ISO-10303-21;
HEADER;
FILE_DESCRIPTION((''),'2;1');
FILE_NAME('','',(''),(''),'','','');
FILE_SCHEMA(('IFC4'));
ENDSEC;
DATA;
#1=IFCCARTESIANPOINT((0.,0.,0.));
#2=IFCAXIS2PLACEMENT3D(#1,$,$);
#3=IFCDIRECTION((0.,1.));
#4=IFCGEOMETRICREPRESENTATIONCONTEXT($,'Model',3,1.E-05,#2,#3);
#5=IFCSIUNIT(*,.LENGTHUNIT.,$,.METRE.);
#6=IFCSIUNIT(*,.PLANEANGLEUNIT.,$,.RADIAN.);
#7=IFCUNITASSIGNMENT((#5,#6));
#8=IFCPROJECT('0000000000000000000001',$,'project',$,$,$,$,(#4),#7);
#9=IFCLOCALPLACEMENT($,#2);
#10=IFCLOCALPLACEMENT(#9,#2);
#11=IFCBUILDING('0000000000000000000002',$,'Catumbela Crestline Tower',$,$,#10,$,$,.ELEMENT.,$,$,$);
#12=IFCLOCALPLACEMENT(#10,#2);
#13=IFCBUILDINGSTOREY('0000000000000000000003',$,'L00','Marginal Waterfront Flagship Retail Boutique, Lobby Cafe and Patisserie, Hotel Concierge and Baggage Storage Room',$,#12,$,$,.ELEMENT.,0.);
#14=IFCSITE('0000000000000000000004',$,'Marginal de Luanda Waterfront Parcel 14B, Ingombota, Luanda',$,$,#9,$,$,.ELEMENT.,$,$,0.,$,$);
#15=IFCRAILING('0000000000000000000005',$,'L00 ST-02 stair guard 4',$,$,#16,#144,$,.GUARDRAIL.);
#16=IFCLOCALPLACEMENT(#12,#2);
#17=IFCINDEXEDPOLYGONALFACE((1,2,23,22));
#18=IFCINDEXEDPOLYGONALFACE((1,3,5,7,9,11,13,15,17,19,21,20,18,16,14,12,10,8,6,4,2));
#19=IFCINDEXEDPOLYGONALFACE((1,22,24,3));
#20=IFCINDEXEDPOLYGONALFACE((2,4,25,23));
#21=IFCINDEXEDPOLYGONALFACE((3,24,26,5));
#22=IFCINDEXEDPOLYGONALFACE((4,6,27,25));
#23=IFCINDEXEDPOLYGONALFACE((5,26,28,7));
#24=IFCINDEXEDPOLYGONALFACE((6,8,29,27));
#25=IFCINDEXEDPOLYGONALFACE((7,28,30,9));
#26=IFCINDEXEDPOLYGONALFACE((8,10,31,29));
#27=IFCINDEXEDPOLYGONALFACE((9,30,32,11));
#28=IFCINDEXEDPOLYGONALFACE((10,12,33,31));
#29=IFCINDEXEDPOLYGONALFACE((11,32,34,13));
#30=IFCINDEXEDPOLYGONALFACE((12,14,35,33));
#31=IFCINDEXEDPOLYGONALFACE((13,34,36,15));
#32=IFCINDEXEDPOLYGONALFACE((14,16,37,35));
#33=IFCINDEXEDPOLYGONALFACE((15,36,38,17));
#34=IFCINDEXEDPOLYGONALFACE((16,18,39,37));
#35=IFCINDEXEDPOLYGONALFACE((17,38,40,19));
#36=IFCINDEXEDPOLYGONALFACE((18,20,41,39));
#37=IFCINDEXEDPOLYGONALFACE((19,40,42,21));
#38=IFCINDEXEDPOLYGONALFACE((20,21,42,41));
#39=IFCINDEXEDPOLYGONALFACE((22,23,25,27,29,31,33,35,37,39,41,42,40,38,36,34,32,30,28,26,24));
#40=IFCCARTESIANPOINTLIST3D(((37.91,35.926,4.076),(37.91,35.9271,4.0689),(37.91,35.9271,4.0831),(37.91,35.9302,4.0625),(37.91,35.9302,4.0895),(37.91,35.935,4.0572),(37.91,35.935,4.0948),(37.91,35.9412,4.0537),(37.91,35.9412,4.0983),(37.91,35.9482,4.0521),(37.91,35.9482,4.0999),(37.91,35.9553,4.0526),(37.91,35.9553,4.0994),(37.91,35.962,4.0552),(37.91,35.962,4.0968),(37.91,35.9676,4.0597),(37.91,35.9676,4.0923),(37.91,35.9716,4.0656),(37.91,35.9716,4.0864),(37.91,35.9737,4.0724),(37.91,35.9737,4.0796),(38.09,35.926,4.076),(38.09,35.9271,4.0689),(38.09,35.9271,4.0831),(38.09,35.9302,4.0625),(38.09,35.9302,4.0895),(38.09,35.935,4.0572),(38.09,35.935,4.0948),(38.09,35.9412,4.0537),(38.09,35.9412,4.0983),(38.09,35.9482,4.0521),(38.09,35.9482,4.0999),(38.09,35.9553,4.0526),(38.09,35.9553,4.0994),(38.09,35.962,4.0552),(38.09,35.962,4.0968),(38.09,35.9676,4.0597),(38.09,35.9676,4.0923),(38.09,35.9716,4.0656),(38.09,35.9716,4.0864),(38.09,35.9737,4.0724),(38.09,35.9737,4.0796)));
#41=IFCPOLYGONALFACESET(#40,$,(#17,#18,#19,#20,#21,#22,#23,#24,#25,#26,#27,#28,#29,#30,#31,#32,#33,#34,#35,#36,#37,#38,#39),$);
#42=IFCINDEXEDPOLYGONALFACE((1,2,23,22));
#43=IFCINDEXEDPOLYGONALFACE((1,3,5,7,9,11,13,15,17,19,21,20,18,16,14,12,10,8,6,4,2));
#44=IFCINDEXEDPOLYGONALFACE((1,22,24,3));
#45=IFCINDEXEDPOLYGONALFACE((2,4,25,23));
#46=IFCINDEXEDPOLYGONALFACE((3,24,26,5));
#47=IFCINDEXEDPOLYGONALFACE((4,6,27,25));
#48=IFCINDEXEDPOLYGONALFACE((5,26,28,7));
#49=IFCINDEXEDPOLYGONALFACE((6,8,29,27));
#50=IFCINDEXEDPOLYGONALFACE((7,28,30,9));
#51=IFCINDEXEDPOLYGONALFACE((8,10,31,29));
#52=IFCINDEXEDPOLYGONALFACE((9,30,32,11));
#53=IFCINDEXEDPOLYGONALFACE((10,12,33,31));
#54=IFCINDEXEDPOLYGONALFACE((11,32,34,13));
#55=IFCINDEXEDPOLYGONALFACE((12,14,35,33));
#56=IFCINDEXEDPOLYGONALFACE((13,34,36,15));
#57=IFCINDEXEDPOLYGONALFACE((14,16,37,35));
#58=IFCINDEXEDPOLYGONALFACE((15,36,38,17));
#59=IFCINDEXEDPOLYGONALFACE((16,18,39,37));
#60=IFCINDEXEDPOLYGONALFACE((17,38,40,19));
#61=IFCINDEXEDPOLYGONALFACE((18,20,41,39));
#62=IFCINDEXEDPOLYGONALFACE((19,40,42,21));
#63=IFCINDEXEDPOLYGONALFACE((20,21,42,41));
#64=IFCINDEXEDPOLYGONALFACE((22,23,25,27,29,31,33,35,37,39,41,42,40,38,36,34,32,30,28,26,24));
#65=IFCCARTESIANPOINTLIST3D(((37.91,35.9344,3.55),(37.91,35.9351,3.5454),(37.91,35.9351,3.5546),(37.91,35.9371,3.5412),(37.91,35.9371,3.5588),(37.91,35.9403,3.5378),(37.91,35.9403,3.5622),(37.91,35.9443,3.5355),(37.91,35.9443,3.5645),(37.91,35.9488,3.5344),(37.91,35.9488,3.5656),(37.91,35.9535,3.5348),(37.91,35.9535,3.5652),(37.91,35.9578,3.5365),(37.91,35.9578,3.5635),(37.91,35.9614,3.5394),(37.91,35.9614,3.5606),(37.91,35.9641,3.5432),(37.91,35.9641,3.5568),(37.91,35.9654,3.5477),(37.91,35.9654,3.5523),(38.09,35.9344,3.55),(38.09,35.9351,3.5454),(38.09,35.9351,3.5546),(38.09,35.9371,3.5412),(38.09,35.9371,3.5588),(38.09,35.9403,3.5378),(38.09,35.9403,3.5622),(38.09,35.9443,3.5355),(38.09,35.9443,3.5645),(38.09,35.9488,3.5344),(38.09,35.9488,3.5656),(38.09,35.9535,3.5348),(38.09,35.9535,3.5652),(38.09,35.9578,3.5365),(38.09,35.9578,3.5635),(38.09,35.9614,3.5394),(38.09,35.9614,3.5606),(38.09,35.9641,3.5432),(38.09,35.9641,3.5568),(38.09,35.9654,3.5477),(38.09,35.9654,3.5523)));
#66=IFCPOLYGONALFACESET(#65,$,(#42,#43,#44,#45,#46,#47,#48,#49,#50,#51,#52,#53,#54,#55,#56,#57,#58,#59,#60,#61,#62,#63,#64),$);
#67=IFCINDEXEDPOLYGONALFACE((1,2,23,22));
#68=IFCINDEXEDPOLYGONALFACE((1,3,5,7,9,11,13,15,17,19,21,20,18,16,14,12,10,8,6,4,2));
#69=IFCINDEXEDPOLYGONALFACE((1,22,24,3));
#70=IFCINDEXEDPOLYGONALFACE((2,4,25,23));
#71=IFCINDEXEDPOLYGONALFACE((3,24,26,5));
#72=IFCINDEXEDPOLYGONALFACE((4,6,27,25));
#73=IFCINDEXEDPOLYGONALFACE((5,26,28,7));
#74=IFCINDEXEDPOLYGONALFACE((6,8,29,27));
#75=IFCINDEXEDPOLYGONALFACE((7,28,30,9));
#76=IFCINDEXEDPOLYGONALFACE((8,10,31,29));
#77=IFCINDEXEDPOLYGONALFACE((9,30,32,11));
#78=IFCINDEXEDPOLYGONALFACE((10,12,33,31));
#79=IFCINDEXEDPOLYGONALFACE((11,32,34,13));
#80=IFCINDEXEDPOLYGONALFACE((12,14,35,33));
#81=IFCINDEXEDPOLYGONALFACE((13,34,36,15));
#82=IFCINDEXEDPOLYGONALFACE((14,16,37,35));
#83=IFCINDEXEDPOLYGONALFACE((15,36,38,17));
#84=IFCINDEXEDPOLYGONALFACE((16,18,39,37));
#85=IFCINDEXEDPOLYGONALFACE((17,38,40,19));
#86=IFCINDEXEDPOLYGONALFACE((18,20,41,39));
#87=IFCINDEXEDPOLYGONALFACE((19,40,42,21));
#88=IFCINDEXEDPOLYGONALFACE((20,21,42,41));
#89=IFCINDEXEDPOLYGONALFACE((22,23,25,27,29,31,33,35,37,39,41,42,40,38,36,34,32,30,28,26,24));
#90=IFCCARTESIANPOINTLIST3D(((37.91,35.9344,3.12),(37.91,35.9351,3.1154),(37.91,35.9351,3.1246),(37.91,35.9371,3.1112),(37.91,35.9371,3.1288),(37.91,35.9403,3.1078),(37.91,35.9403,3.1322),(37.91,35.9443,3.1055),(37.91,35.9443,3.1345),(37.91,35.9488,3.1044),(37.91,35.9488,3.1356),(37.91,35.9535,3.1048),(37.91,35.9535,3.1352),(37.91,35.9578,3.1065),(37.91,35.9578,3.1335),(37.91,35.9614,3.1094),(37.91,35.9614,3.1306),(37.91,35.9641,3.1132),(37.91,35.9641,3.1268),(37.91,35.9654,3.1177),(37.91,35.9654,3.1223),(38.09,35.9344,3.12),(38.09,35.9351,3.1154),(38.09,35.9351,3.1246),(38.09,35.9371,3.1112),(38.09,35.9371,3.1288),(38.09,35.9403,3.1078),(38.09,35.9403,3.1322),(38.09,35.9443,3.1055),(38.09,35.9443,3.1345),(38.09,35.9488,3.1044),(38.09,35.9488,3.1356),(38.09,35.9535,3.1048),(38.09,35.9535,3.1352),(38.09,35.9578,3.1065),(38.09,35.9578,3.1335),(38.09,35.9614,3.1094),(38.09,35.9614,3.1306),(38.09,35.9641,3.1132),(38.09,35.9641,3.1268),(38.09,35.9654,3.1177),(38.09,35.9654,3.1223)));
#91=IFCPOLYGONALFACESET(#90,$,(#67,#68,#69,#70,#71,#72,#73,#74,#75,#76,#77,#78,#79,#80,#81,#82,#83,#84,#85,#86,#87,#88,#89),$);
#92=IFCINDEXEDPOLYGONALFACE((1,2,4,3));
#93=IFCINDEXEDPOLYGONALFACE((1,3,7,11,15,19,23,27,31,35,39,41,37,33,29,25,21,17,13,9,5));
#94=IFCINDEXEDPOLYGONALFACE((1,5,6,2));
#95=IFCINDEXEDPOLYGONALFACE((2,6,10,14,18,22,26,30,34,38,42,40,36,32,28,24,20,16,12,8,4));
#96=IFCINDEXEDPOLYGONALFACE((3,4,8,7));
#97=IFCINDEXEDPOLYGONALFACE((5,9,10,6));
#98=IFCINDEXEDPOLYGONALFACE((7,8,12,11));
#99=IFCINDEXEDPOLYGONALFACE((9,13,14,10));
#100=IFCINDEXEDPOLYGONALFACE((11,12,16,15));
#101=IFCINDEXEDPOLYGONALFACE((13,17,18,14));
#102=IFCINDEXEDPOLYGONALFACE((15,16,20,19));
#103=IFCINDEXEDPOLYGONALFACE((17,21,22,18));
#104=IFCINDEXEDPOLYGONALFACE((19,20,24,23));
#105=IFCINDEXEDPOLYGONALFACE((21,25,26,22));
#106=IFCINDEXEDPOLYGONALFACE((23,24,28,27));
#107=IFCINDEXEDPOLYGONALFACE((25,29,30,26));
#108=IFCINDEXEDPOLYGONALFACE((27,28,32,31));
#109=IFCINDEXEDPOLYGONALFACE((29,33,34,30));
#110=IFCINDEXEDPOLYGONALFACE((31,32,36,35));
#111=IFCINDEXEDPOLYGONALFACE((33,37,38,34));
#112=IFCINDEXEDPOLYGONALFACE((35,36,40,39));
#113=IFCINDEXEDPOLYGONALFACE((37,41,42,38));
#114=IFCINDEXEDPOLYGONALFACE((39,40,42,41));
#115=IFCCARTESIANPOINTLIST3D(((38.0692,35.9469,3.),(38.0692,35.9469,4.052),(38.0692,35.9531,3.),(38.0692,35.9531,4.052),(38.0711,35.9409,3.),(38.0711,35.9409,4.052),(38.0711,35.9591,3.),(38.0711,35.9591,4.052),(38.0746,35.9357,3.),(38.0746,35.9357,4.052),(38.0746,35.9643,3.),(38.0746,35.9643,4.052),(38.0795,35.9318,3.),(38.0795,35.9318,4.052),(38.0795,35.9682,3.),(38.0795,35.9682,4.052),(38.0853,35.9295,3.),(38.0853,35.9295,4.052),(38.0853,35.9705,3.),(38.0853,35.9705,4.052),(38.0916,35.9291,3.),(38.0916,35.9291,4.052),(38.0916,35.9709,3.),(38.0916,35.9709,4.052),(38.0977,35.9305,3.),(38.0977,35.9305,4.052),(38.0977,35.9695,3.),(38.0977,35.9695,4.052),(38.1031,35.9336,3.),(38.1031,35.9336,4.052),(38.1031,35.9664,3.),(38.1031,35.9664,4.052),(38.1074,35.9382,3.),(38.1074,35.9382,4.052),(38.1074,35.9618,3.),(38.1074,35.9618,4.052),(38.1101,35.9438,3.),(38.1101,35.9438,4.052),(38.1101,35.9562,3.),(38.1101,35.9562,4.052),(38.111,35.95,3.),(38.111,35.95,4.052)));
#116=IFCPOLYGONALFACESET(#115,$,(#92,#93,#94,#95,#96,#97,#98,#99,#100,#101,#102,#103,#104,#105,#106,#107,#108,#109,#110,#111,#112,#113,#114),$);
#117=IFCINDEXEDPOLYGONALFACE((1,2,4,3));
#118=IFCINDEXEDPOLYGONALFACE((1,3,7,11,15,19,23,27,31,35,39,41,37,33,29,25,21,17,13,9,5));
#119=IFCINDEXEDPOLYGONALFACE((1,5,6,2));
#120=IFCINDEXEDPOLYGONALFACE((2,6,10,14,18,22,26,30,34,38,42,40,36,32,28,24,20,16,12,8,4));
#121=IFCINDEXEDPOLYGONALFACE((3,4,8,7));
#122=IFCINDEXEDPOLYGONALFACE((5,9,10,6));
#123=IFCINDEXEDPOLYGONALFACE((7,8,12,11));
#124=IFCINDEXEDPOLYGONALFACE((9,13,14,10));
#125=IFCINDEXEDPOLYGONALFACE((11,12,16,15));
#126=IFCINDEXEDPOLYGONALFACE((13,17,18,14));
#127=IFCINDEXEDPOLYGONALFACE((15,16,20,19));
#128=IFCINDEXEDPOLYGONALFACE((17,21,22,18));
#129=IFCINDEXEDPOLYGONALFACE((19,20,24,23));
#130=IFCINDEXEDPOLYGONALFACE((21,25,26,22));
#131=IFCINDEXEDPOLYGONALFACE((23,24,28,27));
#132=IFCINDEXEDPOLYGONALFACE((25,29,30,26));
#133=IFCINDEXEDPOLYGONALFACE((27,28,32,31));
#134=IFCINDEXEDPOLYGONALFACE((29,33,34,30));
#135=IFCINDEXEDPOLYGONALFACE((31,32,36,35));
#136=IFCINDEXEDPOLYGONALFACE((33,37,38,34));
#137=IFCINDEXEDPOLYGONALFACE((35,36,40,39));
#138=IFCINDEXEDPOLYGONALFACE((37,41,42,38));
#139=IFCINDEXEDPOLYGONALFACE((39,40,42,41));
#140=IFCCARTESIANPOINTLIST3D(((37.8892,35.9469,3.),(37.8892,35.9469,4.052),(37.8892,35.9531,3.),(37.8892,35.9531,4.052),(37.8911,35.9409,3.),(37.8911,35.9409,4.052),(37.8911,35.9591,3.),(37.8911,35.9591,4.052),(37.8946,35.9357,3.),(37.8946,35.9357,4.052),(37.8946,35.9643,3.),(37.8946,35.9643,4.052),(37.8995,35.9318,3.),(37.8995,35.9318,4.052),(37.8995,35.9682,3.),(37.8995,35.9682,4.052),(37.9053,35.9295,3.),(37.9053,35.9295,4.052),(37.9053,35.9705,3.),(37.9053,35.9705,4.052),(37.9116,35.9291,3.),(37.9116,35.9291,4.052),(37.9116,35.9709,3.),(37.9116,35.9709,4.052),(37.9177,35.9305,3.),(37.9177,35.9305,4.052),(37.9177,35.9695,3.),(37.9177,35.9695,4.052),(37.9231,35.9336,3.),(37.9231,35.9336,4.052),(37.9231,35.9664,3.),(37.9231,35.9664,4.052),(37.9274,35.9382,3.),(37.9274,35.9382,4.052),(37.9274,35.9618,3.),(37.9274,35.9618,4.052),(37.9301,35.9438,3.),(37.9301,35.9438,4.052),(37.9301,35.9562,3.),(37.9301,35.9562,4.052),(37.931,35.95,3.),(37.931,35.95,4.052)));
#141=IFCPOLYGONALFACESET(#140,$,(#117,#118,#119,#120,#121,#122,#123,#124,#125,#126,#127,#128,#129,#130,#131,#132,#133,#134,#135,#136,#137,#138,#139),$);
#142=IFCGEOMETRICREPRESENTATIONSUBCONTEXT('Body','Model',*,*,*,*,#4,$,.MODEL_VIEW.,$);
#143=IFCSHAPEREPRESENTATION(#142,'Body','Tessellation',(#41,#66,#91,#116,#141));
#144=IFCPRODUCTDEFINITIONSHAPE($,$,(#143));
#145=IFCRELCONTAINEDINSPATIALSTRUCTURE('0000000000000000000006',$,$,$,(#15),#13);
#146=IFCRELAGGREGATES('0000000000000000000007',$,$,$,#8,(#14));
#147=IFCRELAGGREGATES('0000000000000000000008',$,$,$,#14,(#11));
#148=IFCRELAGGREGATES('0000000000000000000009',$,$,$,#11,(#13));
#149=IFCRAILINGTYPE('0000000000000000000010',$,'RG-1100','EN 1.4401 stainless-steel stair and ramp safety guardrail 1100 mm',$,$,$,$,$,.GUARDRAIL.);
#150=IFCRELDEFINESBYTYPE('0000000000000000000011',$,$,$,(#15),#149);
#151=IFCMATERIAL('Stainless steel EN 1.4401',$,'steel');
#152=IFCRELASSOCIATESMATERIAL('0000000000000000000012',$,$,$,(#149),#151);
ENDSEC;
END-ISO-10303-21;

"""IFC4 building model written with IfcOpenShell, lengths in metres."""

from ifc_helpers import new_model, si_unit, direction, frame, origin, origin_2d, place, context, subcontext, project, spatial, circle, extrude, material, type_object, element, save


model = new_model("IFC4")

# Units and contexts
model_context = context("Model", 3, precision=1e-05, world=origin(), true_north=direction((0.0, 1.0)))
body_context = subcontext(model_context, "Body", "Model", "MODEL_VIEW")
ifc_project = project(units=[si_unit("LENGTHUNIT", "METRE"), si_unit("PLANEANGLEUNIT", "RADIAN")], contexts=[model_context])

# Site, building, storey
site_placement = place(None, origin())
site = spatial("IfcSite", under=ifc_project, at=site_placement, Name="Marginal de Luanda Waterfront Parcel 14B, Ingombota, Luanda", CompositionType="ELEMENT", RefElevation=0.0)
building_placement = place(site_placement, origin())
building = spatial("IfcBuilding", under=site, at=building_placement, Name="Catumbela Crestline Tower", CompositionType="ELEMENT")
storey_placement = place(building_placement, origin())
storey = spatial("IfcBuildingStorey", under=building, at=storey_placement, Name="L00", Description="Marginal Waterfront Flagship Retail Boutique, Lobby Cafe and Patisserie, Hotel Concierge and Baggage Storage Room", CompositionType="ELEMENT", Elevation=0.0)

# Shared definitions
ifc_material_1 = material(Name="Stainless steel EN 1.4401", Category="steel")

# Railing
railing_type_1 = type_object("IfcRailingType", Name="RG-1100", Description="EN 1.4401 stainless-steel stair and ramp safety guardrail 1100 mm", PredefinedType="GUARDRAIL", material=ifc_material_1)
railing_1_placement = place(storey_placement, frame((38.09, 35.95, 3.0)))
element("IfcRailing", 1, at=railing_1_placement, inside=storey, type_object=railing_type_1, Name="L00 ST-02 stair guard 4", PredefinedType="GUARDRAIL", context=body_context, shape_type="SweptSolid", body=[
    extrude(circle(Radius=0.024, at=origin_2d()), frame((0.0, 0.0, 1.076), z_axis=(-1.0, 0.0, 0.0), x_axis=(0.0, -1.0, 0.0)), (0.0, 0.0, 1.0), 0.18),
    extrude(circle(Radius=0.0156, at=origin_2d()), frame((0.0, 0.0, 0.55), z_axis=(-1.0, 0.0, 0.0), x_axis=(0.0, -1.0, 0.0)), (0.0, 0.0, 1.0), 0.18),
    extrude(circle(Radius=0.0156, at=origin_2d()), frame((0.0, 0.0, 0.12), z_axis=(-1.0, 0.0, 0.0), x_axis=(0.0, -1.0, 0.0)), (0.0, 0.0, 1.0), 0.18),
    extrude(circle(Radius=0.021, at=origin_2d()), origin(), (0.0, 0.0, 1.0), 1.052),
    extrude(circle(Radius=0.021, at=origin_2d()), frame((-0.18, 0.0, 0.0)), (0.0, 0.0, 1.0), 1.052),
])

save(model, "model.ifc")
